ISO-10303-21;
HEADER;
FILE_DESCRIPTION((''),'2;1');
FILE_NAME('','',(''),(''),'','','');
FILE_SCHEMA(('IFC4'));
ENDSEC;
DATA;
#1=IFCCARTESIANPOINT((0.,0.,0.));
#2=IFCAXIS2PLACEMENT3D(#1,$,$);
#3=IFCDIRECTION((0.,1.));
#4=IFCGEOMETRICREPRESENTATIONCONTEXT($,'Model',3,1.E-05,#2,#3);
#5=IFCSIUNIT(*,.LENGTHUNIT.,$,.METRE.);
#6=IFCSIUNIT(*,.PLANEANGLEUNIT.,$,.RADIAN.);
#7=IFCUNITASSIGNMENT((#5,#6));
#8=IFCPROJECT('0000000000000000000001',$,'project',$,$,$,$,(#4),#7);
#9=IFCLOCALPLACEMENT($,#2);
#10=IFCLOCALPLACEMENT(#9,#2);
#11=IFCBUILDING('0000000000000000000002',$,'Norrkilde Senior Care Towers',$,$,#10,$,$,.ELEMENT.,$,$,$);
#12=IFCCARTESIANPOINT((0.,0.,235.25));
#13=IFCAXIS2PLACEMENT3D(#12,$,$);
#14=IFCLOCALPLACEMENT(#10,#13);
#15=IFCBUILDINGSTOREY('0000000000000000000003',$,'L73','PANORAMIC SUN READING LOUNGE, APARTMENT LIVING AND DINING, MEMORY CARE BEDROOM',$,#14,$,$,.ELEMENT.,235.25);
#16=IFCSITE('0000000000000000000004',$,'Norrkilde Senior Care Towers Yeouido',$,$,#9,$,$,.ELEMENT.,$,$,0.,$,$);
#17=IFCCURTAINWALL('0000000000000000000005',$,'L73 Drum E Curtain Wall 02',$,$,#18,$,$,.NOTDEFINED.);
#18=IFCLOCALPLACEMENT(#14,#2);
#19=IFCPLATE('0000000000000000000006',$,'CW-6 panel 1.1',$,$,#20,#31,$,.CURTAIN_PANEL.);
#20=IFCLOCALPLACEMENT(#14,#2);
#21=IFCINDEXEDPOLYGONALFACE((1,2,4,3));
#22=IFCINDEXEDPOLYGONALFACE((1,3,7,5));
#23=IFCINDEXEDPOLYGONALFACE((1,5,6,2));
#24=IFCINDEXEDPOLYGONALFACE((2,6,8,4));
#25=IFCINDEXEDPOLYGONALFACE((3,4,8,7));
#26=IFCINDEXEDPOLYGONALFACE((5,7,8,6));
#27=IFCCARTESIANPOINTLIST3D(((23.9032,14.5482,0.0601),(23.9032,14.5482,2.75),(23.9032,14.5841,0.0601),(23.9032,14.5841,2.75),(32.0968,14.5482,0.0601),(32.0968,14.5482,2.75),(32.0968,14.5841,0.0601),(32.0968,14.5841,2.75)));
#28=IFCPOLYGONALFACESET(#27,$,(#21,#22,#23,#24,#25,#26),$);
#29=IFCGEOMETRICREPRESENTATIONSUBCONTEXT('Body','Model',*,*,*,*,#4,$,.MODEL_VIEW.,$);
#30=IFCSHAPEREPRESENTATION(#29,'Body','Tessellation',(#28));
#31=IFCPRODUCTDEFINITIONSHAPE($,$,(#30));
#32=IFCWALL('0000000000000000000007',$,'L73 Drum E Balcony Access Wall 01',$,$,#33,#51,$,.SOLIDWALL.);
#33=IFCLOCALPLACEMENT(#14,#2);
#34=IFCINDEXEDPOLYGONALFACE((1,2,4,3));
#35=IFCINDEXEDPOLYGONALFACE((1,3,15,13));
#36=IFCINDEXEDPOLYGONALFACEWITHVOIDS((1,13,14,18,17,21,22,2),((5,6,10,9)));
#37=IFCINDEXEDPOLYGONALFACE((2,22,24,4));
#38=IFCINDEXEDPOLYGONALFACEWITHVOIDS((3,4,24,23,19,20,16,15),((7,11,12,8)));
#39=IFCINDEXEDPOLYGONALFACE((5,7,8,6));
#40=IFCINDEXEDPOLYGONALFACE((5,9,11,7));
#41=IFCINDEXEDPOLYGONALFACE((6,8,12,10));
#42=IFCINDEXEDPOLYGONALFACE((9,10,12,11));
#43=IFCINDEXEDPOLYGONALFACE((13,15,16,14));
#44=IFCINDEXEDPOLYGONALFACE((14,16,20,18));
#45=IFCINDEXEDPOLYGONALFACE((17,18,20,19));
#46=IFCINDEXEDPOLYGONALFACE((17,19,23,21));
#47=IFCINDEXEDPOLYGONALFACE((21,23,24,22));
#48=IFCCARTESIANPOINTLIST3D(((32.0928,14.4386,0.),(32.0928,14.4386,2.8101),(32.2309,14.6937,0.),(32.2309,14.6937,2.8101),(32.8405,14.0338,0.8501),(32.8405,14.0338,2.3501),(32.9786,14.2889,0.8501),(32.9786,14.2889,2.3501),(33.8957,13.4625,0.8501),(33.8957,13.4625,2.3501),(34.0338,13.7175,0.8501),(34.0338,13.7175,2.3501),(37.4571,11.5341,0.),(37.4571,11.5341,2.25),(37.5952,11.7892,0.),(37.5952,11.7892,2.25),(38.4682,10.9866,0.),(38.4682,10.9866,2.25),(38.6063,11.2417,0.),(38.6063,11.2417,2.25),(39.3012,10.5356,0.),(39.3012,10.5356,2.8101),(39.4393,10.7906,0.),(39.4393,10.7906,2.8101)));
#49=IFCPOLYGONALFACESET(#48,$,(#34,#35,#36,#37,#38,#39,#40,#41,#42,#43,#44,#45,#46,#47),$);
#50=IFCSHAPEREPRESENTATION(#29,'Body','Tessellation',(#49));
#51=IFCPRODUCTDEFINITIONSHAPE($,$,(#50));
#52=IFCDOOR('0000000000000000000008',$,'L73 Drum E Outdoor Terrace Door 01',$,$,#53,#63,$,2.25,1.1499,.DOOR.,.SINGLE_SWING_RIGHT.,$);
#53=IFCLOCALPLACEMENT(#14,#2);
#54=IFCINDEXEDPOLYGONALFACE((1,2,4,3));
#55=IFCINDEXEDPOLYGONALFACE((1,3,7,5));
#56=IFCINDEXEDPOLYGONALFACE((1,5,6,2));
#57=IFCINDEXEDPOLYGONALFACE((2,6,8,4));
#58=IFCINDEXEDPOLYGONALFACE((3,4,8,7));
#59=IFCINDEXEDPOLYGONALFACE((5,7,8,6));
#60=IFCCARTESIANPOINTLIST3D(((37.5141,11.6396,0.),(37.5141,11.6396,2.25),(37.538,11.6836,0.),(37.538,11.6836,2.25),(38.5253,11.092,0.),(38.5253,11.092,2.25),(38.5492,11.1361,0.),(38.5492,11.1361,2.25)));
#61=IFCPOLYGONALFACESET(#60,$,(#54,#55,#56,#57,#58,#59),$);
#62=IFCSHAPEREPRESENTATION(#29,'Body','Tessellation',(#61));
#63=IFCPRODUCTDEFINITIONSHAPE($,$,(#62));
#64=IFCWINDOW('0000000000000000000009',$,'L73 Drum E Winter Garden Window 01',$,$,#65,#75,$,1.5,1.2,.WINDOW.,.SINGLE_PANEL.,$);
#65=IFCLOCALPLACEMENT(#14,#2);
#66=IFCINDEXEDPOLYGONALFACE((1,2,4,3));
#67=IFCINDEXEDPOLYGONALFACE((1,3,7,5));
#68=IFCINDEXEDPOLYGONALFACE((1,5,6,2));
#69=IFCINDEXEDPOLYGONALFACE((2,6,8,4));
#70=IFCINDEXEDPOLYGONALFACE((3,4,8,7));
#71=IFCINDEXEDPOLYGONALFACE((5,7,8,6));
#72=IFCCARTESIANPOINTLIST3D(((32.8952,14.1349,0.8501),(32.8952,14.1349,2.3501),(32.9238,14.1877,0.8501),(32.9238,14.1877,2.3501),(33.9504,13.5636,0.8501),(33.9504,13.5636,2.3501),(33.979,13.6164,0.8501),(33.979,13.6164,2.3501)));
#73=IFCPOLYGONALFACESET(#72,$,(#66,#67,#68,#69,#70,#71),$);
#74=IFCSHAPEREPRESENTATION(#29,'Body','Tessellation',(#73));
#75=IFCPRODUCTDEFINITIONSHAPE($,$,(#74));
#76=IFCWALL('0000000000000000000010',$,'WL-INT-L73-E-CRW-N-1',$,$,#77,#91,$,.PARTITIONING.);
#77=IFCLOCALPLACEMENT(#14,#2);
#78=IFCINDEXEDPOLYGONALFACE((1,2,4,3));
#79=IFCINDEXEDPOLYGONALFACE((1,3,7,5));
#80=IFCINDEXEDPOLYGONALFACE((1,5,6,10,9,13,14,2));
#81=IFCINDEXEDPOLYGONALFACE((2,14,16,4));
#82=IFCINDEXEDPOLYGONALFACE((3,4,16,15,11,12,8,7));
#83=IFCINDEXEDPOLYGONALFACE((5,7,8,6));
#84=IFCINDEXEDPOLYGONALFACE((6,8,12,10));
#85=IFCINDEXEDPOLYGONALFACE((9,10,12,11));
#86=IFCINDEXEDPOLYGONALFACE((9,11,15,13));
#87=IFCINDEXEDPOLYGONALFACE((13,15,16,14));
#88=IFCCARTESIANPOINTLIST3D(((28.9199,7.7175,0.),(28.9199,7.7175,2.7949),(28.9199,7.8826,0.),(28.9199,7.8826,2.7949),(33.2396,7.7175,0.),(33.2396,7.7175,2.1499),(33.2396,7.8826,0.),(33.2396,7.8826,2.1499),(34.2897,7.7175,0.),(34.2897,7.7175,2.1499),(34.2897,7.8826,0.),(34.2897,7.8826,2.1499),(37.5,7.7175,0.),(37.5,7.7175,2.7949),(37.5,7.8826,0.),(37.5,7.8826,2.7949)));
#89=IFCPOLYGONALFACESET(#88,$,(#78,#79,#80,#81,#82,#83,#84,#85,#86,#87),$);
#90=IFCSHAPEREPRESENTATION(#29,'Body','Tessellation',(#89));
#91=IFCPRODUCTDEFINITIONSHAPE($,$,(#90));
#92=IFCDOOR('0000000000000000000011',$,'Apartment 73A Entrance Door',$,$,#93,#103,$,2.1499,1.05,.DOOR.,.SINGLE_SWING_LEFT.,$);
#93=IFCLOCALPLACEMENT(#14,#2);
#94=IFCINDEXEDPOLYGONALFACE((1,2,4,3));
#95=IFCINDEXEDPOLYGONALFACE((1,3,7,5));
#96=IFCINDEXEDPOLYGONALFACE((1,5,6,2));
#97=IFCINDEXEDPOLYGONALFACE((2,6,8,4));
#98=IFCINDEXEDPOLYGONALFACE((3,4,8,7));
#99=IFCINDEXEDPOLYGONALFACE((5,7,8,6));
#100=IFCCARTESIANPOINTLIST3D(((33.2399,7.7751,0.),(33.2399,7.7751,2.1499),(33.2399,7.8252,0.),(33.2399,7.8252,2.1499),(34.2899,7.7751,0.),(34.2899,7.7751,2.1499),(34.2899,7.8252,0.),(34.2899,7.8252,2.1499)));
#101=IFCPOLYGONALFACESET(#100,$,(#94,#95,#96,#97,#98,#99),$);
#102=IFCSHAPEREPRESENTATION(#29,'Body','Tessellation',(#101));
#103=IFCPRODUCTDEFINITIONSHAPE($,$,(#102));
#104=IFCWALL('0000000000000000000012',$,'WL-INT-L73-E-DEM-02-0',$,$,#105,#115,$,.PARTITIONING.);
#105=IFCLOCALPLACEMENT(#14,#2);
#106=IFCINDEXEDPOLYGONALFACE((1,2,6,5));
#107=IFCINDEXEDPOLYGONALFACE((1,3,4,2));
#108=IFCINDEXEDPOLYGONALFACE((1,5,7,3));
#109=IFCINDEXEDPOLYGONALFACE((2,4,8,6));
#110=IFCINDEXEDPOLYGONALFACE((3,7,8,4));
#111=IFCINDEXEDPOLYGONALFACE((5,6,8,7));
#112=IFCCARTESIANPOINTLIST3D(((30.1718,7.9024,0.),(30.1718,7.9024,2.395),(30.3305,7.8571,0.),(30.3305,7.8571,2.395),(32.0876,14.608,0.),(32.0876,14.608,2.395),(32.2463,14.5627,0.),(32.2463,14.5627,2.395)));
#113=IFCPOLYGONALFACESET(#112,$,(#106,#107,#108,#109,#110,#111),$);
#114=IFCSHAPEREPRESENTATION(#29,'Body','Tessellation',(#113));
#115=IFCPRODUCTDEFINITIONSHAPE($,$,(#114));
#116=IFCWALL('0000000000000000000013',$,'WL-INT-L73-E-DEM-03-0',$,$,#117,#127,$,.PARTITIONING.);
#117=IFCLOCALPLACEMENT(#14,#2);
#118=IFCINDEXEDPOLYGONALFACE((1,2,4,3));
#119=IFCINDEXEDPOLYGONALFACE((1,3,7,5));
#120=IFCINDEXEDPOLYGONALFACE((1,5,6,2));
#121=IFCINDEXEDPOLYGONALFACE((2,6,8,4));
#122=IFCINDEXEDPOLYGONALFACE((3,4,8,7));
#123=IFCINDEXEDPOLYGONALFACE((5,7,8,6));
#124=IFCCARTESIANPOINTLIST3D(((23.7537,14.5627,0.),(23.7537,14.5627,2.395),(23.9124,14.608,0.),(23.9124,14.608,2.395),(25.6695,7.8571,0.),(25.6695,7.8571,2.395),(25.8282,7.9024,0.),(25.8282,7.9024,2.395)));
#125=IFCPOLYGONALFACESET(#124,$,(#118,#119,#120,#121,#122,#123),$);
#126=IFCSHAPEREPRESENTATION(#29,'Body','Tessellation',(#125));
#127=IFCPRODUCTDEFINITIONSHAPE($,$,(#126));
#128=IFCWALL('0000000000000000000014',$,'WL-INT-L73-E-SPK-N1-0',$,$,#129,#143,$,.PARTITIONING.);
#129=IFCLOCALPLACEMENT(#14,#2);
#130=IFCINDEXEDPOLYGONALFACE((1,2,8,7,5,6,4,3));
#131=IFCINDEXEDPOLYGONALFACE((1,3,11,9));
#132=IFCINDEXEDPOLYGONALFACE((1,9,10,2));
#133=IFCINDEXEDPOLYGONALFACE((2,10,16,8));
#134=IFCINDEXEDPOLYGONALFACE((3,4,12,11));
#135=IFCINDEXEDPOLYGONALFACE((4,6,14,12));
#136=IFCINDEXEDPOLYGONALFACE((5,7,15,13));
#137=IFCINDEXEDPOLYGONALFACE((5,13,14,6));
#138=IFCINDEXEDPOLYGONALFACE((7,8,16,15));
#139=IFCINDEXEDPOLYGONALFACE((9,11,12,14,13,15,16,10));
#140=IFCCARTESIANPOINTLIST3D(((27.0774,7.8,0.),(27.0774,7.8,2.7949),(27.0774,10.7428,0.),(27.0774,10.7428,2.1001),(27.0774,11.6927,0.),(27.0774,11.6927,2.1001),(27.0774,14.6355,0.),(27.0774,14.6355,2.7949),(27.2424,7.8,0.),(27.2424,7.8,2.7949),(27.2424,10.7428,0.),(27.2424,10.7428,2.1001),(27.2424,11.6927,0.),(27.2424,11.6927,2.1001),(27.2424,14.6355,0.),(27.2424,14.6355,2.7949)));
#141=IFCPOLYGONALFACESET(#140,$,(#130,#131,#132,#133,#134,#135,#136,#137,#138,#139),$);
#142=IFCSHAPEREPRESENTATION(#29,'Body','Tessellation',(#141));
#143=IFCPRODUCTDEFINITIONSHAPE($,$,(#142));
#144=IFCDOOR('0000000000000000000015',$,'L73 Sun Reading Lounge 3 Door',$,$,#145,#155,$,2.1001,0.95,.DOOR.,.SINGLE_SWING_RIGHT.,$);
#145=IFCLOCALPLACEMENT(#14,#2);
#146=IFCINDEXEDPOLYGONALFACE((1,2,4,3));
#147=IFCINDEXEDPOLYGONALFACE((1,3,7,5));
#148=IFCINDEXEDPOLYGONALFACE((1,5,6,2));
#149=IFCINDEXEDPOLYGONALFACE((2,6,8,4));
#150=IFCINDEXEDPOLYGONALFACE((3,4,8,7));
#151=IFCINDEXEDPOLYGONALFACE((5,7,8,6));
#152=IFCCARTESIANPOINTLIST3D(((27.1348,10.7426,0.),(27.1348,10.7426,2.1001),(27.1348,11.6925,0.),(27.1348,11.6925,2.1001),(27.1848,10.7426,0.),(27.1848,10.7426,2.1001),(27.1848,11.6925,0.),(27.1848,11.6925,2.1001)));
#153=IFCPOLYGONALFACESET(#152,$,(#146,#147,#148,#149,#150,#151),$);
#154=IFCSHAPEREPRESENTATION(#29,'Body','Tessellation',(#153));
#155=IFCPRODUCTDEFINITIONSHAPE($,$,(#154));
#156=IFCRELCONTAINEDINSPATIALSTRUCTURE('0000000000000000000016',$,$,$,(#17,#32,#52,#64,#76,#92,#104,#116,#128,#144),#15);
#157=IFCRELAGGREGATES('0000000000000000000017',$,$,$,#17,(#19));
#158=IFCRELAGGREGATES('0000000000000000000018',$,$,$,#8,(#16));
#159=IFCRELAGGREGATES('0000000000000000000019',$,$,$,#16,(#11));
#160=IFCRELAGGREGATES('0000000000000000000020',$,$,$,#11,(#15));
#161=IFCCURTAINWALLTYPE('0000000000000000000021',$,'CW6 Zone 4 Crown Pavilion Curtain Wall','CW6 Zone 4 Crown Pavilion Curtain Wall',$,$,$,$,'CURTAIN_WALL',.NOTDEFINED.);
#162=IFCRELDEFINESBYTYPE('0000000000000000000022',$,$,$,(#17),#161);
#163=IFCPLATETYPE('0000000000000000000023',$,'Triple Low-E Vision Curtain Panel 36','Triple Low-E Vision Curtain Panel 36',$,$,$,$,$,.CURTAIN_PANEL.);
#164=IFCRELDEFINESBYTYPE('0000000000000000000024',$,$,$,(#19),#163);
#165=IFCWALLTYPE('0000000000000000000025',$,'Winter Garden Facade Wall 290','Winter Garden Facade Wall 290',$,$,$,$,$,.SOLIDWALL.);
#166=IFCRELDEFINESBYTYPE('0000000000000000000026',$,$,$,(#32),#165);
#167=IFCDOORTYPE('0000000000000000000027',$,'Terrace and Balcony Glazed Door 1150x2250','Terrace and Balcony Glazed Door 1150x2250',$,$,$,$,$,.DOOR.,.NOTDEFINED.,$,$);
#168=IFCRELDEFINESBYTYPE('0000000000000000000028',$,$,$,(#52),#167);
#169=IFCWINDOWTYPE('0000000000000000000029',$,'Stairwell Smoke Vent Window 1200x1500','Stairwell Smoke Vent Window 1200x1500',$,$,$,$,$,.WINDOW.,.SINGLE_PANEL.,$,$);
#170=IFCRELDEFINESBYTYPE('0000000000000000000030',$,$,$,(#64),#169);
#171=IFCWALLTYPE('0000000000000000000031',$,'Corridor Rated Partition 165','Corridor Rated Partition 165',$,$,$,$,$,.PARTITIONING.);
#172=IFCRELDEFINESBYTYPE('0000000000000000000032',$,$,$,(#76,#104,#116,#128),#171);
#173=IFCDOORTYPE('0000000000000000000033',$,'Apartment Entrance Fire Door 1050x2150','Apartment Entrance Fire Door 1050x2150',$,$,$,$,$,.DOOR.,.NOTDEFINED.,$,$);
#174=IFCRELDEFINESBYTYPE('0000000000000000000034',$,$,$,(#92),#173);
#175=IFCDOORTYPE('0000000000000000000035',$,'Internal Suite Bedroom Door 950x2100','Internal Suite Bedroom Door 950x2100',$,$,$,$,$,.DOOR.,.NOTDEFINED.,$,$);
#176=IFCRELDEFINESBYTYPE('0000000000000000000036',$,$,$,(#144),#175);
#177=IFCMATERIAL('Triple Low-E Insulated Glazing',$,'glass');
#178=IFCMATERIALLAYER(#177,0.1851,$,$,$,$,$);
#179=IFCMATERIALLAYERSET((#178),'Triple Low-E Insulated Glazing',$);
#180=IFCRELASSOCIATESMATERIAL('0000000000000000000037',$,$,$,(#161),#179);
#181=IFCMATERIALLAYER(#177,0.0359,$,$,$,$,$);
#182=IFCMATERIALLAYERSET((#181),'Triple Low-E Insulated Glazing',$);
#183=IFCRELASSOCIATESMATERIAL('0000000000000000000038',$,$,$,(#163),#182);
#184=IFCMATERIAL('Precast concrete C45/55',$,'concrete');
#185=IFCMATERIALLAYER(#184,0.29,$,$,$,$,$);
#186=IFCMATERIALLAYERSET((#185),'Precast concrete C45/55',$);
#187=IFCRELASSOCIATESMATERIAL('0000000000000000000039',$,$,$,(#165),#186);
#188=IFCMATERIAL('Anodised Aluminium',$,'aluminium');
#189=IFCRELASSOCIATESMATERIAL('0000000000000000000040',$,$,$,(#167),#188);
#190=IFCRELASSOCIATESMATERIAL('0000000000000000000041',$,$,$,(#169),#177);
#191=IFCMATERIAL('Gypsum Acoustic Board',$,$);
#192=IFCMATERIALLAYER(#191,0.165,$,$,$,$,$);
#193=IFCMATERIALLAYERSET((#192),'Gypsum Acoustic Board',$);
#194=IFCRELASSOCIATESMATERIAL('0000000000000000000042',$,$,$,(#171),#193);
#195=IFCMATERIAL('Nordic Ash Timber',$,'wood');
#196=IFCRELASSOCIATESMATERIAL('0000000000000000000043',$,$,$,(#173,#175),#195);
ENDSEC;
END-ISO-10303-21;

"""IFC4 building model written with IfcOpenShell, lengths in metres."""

from ifc_helpers import new_model, si_unit, direction, frame, frame_2d, origin, origin_2d, place, context, subcontext, project, spatial, rectangle, extrude, source, transform, mapped, material, layer, layer_set, type_object, type_shapes, element, fill, aggregate, save


model = new_model("IFC4")

# Units and contexts
model_context = context("Model", 3, precision=1e-05, world=origin(), true_north=direction((0.0, 1.0)))
body_context = subcontext(model_context, "Body", "Model", "MODEL_VIEW")
ifc_project = project(units=[si_unit("LENGTHUNIT", "METRE"), si_unit("PLANEANGLEUNIT", "RADIAN")], contexts=[model_context])

# Site, building, storey
site_placement = place(None, origin())
site = spatial("IfcSite", under=ifc_project, at=site_placement, Name="Norrkilde Senior Care Towers Yeouido", CompositionType="ELEMENT", RefElevation=0.0)
building_placement = place(site_placement, origin())
building = spatial("IfcBuilding", under=site, at=building_placement, Name="Norrkilde Senior Care Towers", CompositionType="ELEMENT")
storey_placement = place(building_placement, frame((0.0, 0.0, 235.25)))
storey = spatial("IfcBuildingStorey", under=building, at=storey_placement, Name="L73", Description="PANORAMIC SUN READING LOUNGE, APARTMENT LIVING AND DINING, MEMORY CARE BEDROOM", CompositionType="ELEMENT", Elevation=235.25)

# Curtain wall, plate
ifc_material_1 = material(Name="Triple Low-E Insulated Glazing", Category="glass")
ifc_layer_1 = layer(ifc_material_1, 0.1851)
ifc_layer_set_1 = layer_set([ifc_layer_1], Name="Triple Low-E Insulated Glazing")
curtain_wall_type = type_object("IfcCurtainWallType", Name="CW6 Zone 4 Crown Pavilion Curtain Wall", Description="CW6 Zone 4 Crown Pavilion Curtain Wall", ElementType="CURTAIN_WALL", PredefinedType="NOTDEFINED", material=ifc_layer_set_1)
curtain_wall_placement = place(storey_placement, origin())
curtain_wall = element("IfcCurtainWall", 1, at=curtain_wall_placement, inside=storey, type_object=curtain_wall_type, Name="L73 Drum E Curtain Wall 02", PredefinedType="NOTDEFINED")
ifc_material_2 = material(Name="Anodised Aluminium", Category="aluminium")
ifc_layer_2 = layer(ifc_material_1, 0.0359)
ifc_layer_set_2 = layer_set([ifc_layer_2], Name="Triple Low-E Insulated Glazing")
plate_type = type_object("IfcPlateType", Name="Triple Low-E Vision Curtain Panel 36", Description="Triple Low-E Vision Curtain Panel 36", PredefinedType="CURTAIN_PANEL", material=ifc_layer_set_2)
shared_shape_1 = source(origin(), body_context, "Body", "SweptSolid", [
    extrude(rectangle(XDim=8.1936, YDim=0.0359, at=origin_2d()), origin(), (0.0, 0.0, 1.0), 2.6899),
])
type_shapes(plate_type, [shared_shape_1])
plate_placement = place(storey_placement, frame((28.0, 14.5662, 0.0601), z_axis=(0.0, 0.0, 1.0), x_axis=(1.0, 0.0, 0.0)))
plate = element("IfcPlate", 2, at=plate_placement, type_object=plate_type, Name="CW-6 panel 1.1", PredefinedType="CURTAIN_PANEL", context=body_context, shape_type="MappedRepresentation", body=[
    mapped(shared_shape_1, transform((0.0, 0.0, 0.0), x_axis=(1.0, 0.0, 0.0), y_axis=(0.0, 1.0, 0.0), z_axis=(0.0, 0.0, 1.0), scale=1.0)),
])
aggregate(curtain_wall, [plate])

# Wall, openings, door, window
ifc_material_3 = material(Name="Precast concrete C45/55", Category="concrete")
ifc_layer_3 = layer(ifc_material_3, 0.29)
ifc_layer_set_3 = layer_set([ifc_layer_3], Name="Precast concrete C45/55")
wall_type_1 = type_object("IfcWallType", Name="Winter Garden Facade Wall 290", Description="Winter Garden Facade Wall 290", PredefinedType="SOLIDWALL", material=ifc_layer_set_3)
shared_shape_2 = source(origin(), body_context, "Body", "SweptSolid", [
    extrude(rectangle(XDim=8.1973, YDim=0.29, at=frame_2d((4.0986, 0.0))), origin(), (0.0, 0.0, 1.0), 2.8101),
])
type_shapes(wall_type_1, [shared_shape_2])
wall_1_placement = place(storey_placement, frame((32.1619, 14.5662, 0.0), z_axis=(0.0, 0.0, 1.0), x_axis=(0.87937, -0.476139, 0.0)))
wall_1 = element("IfcWall", 3, at=wall_1_placement, inside=storey, type_object=wall_type_1, Name="L73 Drum E Balcony Access Wall 01", PredefinedType="SOLIDWALL", context=body_context, shape_type="MappedRepresentation", body=[
    mapped(shared_shape_2, transform((0.0, 0.0, 0.0), x_axis=(1.0, 0.0, 0.0), y_axis=(0.0, 1.0, 0.0), z_axis=(0.0, 0.0, 1.0), scale=1.0)),
])
opening_1_placement = place(wall_1_placement, frame((6.1001, 0.0, 0.0)))
opening_1 = element("IfcOpeningElement", 4, at=opening_1_placement, cuts=wall_1, PredefinedType="OPENING", context=body_context, shape_type="SweptSolid", body=[
    extrude(rectangle(XDim=1.1499, YDim=2.25, at=frame_2d((0.575, 1.125))), frame((0.0, 0.155, 0.0), z_axis=(0.0, -1.0, 0.0), x_axis=(1.0, 0.0, 0.0)), (0.0, 0.0, 1.0), 0.3101),
])
opening_2_placement = place(wall_1_placement, frame((0.8501, 0.0, 0.8501)))
opening_2 = element("IfcOpeningElement", 5, at=opening_2_placement, cuts=wall_1, PredefinedType="OPENING", context=body_context, shape_type="SweptSolid", body=[
    extrude(rectangle(XDim=1.2, YDim=1.5, at=frame_2d((0.6001, 0.75))), frame((0.0, 0.155, 0.0), z_axis=(0.0, -1.0, 0.0), x_axis=(1.0, 0.0, 0.0)), (0.0, 0.0, 1.0), 0.3101),
])
door_type_1 = type_object("IfcDoorType", Name="Terrace and Balcony Glazed Door 1150x2250", Description="Terrace and Balcony Glazed Door 1150x2250", OperationType="NOTDEFINED", PredefinedType="DOOR", material=ifc_material_2)
shared_shape_3 = source(origin(), body_context, "Body", "SweptSolid", [
    extrude(rectangle(XDim=1.1499, YDim=2.25, at=frame_2d((0.575, 1.125))), frame((0.0, 0.0249, 0.0), z_axis=(0.0, -1.0, 0.0), x_axis=(1.0, 0.0, 0.0)), (0.0, 0.0, 1.0), 0.05),
])
type_shapes(door_type_1, [shared_shape_3])
door_1_placement = place(opening_1_placement, origin())
door_1 = element("IfcDoor", 6, at=door_1_placement, inside=storey, type_object=door_type_1, Name="L73 Drum E Outdoor Terrace Door 01", OperationType="SINGLE_SWING_RIGHT", OverallHeight=2.25, OverallWidth=1.1499, PredefinedType="DOOR", context=body_context, shape_type="MappedRepresentation", body=[
    mapped(shared_shape_3, transform((0.0, 0.0, 0.0), x_axis=(1.0, 0.0, 0.0), y_axis=(0.0, 1.0, 0.0), z_axis=(0.0, 0.0, 1.0), scale=1.0)),
])
fill(opening_1, door_1)
window_type = type_object("IfcWindowType", Name="Stairwell Smoke Vent Window 1200x1500", Description="Stairwell Smoke Vent Window 1200x1500", PartitioningType="SINGLE_PANEL", PredefinedType="WINDOW", material=ifc_material_1)
shared_shape_4 = source(origin(), body_context, "Body", "SweptSolid", [
    extrude(rectangle(XDim=1.2, YDim=1.5, at=frame_2d((0.6001, 0.75))), frame((0.0, 0.03, 0.0), z_axis=(0.0, -1.0, 0.0), x_axis=(1.0, 0.0, 0.0)), (0.0, 0.0, 1.0), 0.0601),
])
type_shapes(window_type, [shared_shape_4])
window_placement = place(opening_2_placement, origin())
window = element("IfcWindow", 7, at=window_placement, inside=storey, type_object=window_type, Name="L73 Drum E Winter Garden Window 01", OverallHeight=1.5, OverallWidth=1.2, PartitioningType="SINGLE_PANEL", PredefinedType="WINDOW", context=body_context, shape_type="MappedRepresentation", body=[
    mapped(shared_shape_4, transform((0.0, 0.0, 0.0), x_axis=(1.0, 0.0, 0.0), y_axis=(0.0, 1.0, 0.0), z_axis=(0.0, 0.0, 1.0), scale=1.0)),
])
fill(opening_2, window)

# Wall, opening, door
ifc_material_4 = material(Name="Gypsum Acoustic Board")
ifc_layer_4 = layer(ifc_material_4, 0.165)
ifc_layer_set_4 = layer_set([ifc_layer_4], Name="Gypsum Acoustic Board")
wall_type_2 = type_object("IfcWallType", Name="Corridor Rated Partition 165", Description="Corridor Rated Partition 165", PredefinedType="PARTITIONING", material=ifc_layer_set_4)
shared_shape_5 = source(origin(), body_context, "Body", "SweptSolid", [
    extrude(rectangle(XDim=8.5801, YDim=0.165, at=frame_2d((4.29, 0.0))), origin(), (0.0, 0.0, 1.0), 2.7949),
])
wall_2_placement = place(storey_placement, frame((28.9199, 7.8, 0.0), z_axis=(0.0, 0.0, 1.0), x_axis=(1.0, 0.0, 0.0)))
wall_2 = element("IfcWall", 8, at=wall_2_placement, inside=storey, type_object=wall_type_2, Name="WL-INT-L73-E-CRW-N-1", PredefinedType="PARTITIONING", context=body_context, shape_type="MappedRepresentation", body=[
    mapped(shared_shape_5, transform((0.0, 0.0, 0.0), x_axis=(1.0, 0.0, 0.0), y_axis=(0.0, 1.0, 0.0), z_axis=(0.0, 0.0, 1.0), scale=1.0)),
])
opening_3_placement = place(wall_2_placement, frame((4.3198, 0.0, 0.0)))
opening_3 = element("IfcOpeningElement", 9, at=opening_3_placement, cuts=wall_2, PredefinedType="OPENING", context=body_context, shape_type="SweptSolid", body=[
    extrude(rectangle(XDim=1.05, YDim=2.1499, at=frame_2d((0.5249, 1.075))), frame((0.0, 0.0925, 0.0), z_axis=(0.0, -1.0, 0.0), x_axis=(1.0, 0.0, 0.0)), (0.0, 0.0, 1.0), 0.1851),
])
ifc_material_5 = material(Name="Nordic Ash Timber", Category="wood")
door_type_2 = type_object("IfcDoorType", Name="Apartment Entrance Fire Door 1050x2150", Description="Apartment Entrance Fire Door 1050x2150", OperationType="NOTDEFINED", PredefinedType="DOOR", material=ifc_material_5)
shared_shape_6 = source(origin(), body_context, "Body", "SweptSolid", [
    extrude(rectangle(XDim=1.05, YDim=2.1499, at=frame_2d((0.5249, 1.075))), frame((0.0, 0.0249, 0.0), z_axis=(0.0, -1.0, 0.0), x_axis=(1.0, 0.0, 0.0)), (0.0, 0.0, 1.0), 0.05),
])
type_shapes(door_type_2, [shared_shape_6])
door_2_placement = place(opening_3_placement, frame((1.05, 0.0, 0.0), z_axis=(0.0, 0.0, 1.0), x_axis=(-1.0, 0.0, 0.0)))
door_2 = element("IfcDoor", 10, at=door_2_placement, inside=storey, type_object=door_type_2, Name="Apartment 73A Entrance Door", OperationType="SINGLE_SWING_LEFT", OverallHeight=2.1499, OverallWidth=1.05, PredefinedType="DOOR", context=body_context, shape_type="MappedRepresentation", body=[
    mapped(shared_shape_6, transform((0.0, 0.0, 0.0), x_axis=(1.0, 0.0, 0.0), y_axis=(0.0, 1.0, 0.0), z_axis=(0.0, 0.0, 1.0), scale=1.0)),
])
fill(opening_3, door_2)

# Walls
shared_shape_7 = source(origin(), body_context, "Body", "SweptSolid", [
    extrude(rectangle(XDim=6.9739, YDim=0.165, at=frame_2d((3.4868, 0.0))), origin(), (0.0, 0.0, 1.0), 2.395),
])
for number, where, z_axis, x_axis, name in (
    (11, (30.2512, 7.8799, 0.0), (0.0, 0.0, 1.0), (0.274707, 0.961528, 0.0), "WL-INT-L73-E-DEM-02-0"),
    (12, (25.7488, 7.8799, 0.0), (0.0, 0.0, 1.0), (-0.274707, 0.961528, 0.0), "WL-INT-L73-E-DEM-03-0"),
):
    element("IfcWall", number, at=place(storey_placement, frame(where, z_axis=z_axis, x_axis=x_axis)), inside=storey, type_object=wall_type_2, Name=name, PredefinedType="PARTITIONING", context=body_context, shape_type="MappedRepresentation", body=[
        mapped(shared_shape_7, transform((0.0, 0.0, 0.0), x_axis=(1.0, 0.0, 0.0), y_axis=(0.0, 1.0, 0.0), z_axis=(0.0, 0.0, 1.0), scale=1.0)),
    ])

# Wall, opening, door
shared_shape_8 = source(origin(), body_context, "Body", "SweptSolid", [
    extrude(rectangle(XDim=6.8354, YDim=0.165, at=frame_2d((3.4177, 0.0))), origin(), (0.0, 0.0, 1.0), 2.7949),
])
type_shapes(wall_type_2, [shared_shape_5, shared_shape_7, shared_shape_8])
wall_3_placement = place(storey_placement, frame((27.1599, 7.8, 0.0), z_axis=(0.0, 0.0, 1.0), x_axis=(0.0, 1.0, 0.0)))
wall_3 = element("IfcWall", 13, at=wall_3_placement, inside=storey, type_object=wall_type_2, Name="WL-INT-L73-E-SPK-N1-0", PredefinedType="PARTITIONING", context=body_context, shape_type="MappedRepresentation", body=[
    mapped(shared_shape_8, transform((0.0, 0.0, 0.0), x_axis=(1.0, 0.0, 0.0), y_axis=(0.0, 1.0, 0.0), z_axis=(0.0, 0.0, 1.0), scale=1.0)),
])
opening_4_placement = place(wall_3_placement, frame((2.9426, 0.0, 0.0)))
opening_4 = element("IfcOpeningElement", 14, at=opening_4_placement, cuts=wall_3, PredefinedType="OPENING", context=body_context, shape_type="SweptSolid", body=[
    extrude(rectangle(XDim=0.95, YDim=2.1001, at=frame_2d((0.4751, 1.05))), frame((0.0, 0.0925, 0.0), z_axis=(0.0, -1.0, 0.0), x_axis=(1.0, 0.0, 0.0)), (0.0, 0.0, 1.0), 0.1851),
])
door_type_3 = type_object("IfcDoorType", Name="Internal Suite Bedroom Door 950x2100", Description="Internal Suite Bedroom Door 950x2100", OperationType="NOTDEFINED", PredefinedType="DOOR", material=ifc_material_5)
shared_shape_9 = source(origin(), body_context, "Body", "SweptSolid", [
    extrude(rectangle(XDim=0.95, YDim=2.1001, at=frame_2d((0.4751, 1.05))), frame((0.0, 0.0249, 0.0), z_axis=(0.0, -1.0, 0.0), x_axis=(1.0, 0.0, 0.0)), (0.0, 0.0, 1.0), 0.05),
])
type_shapes(door_type_3, [shared_shape_9])
door_3_placement = place(opening_4_placement, frame((0.95, 0.0, 0.0), z_axis=(0.0, 0.0, 1.0), x_axis=(-1.0, 0.0, 0.0)))
door_3 = element("IfcDoor", 15, at=door_3_placement, inside=storey, type_object=door_type_3, Name="L73 Sun Reading Lounge 3 Door", OperationType="SINGLE_SWING_RIGHT", OverallHeight=2.1001, OverallWidth=0.95, PredefinedType="DOOR", context=body_context, shape_type="MappedRepresentation", body=[
    mapped(shared_shape_9, transform((0.0, 0.0, 0.0), x_axis=(1.0, 0.0, 0.0), y_axis=(0.0, 1.0, 0.0), z_axis=(0.0, 0.0, 1.0), scale=1.0)),
])
fill(opening_4, door_3)

save(model, "model.ifc")
